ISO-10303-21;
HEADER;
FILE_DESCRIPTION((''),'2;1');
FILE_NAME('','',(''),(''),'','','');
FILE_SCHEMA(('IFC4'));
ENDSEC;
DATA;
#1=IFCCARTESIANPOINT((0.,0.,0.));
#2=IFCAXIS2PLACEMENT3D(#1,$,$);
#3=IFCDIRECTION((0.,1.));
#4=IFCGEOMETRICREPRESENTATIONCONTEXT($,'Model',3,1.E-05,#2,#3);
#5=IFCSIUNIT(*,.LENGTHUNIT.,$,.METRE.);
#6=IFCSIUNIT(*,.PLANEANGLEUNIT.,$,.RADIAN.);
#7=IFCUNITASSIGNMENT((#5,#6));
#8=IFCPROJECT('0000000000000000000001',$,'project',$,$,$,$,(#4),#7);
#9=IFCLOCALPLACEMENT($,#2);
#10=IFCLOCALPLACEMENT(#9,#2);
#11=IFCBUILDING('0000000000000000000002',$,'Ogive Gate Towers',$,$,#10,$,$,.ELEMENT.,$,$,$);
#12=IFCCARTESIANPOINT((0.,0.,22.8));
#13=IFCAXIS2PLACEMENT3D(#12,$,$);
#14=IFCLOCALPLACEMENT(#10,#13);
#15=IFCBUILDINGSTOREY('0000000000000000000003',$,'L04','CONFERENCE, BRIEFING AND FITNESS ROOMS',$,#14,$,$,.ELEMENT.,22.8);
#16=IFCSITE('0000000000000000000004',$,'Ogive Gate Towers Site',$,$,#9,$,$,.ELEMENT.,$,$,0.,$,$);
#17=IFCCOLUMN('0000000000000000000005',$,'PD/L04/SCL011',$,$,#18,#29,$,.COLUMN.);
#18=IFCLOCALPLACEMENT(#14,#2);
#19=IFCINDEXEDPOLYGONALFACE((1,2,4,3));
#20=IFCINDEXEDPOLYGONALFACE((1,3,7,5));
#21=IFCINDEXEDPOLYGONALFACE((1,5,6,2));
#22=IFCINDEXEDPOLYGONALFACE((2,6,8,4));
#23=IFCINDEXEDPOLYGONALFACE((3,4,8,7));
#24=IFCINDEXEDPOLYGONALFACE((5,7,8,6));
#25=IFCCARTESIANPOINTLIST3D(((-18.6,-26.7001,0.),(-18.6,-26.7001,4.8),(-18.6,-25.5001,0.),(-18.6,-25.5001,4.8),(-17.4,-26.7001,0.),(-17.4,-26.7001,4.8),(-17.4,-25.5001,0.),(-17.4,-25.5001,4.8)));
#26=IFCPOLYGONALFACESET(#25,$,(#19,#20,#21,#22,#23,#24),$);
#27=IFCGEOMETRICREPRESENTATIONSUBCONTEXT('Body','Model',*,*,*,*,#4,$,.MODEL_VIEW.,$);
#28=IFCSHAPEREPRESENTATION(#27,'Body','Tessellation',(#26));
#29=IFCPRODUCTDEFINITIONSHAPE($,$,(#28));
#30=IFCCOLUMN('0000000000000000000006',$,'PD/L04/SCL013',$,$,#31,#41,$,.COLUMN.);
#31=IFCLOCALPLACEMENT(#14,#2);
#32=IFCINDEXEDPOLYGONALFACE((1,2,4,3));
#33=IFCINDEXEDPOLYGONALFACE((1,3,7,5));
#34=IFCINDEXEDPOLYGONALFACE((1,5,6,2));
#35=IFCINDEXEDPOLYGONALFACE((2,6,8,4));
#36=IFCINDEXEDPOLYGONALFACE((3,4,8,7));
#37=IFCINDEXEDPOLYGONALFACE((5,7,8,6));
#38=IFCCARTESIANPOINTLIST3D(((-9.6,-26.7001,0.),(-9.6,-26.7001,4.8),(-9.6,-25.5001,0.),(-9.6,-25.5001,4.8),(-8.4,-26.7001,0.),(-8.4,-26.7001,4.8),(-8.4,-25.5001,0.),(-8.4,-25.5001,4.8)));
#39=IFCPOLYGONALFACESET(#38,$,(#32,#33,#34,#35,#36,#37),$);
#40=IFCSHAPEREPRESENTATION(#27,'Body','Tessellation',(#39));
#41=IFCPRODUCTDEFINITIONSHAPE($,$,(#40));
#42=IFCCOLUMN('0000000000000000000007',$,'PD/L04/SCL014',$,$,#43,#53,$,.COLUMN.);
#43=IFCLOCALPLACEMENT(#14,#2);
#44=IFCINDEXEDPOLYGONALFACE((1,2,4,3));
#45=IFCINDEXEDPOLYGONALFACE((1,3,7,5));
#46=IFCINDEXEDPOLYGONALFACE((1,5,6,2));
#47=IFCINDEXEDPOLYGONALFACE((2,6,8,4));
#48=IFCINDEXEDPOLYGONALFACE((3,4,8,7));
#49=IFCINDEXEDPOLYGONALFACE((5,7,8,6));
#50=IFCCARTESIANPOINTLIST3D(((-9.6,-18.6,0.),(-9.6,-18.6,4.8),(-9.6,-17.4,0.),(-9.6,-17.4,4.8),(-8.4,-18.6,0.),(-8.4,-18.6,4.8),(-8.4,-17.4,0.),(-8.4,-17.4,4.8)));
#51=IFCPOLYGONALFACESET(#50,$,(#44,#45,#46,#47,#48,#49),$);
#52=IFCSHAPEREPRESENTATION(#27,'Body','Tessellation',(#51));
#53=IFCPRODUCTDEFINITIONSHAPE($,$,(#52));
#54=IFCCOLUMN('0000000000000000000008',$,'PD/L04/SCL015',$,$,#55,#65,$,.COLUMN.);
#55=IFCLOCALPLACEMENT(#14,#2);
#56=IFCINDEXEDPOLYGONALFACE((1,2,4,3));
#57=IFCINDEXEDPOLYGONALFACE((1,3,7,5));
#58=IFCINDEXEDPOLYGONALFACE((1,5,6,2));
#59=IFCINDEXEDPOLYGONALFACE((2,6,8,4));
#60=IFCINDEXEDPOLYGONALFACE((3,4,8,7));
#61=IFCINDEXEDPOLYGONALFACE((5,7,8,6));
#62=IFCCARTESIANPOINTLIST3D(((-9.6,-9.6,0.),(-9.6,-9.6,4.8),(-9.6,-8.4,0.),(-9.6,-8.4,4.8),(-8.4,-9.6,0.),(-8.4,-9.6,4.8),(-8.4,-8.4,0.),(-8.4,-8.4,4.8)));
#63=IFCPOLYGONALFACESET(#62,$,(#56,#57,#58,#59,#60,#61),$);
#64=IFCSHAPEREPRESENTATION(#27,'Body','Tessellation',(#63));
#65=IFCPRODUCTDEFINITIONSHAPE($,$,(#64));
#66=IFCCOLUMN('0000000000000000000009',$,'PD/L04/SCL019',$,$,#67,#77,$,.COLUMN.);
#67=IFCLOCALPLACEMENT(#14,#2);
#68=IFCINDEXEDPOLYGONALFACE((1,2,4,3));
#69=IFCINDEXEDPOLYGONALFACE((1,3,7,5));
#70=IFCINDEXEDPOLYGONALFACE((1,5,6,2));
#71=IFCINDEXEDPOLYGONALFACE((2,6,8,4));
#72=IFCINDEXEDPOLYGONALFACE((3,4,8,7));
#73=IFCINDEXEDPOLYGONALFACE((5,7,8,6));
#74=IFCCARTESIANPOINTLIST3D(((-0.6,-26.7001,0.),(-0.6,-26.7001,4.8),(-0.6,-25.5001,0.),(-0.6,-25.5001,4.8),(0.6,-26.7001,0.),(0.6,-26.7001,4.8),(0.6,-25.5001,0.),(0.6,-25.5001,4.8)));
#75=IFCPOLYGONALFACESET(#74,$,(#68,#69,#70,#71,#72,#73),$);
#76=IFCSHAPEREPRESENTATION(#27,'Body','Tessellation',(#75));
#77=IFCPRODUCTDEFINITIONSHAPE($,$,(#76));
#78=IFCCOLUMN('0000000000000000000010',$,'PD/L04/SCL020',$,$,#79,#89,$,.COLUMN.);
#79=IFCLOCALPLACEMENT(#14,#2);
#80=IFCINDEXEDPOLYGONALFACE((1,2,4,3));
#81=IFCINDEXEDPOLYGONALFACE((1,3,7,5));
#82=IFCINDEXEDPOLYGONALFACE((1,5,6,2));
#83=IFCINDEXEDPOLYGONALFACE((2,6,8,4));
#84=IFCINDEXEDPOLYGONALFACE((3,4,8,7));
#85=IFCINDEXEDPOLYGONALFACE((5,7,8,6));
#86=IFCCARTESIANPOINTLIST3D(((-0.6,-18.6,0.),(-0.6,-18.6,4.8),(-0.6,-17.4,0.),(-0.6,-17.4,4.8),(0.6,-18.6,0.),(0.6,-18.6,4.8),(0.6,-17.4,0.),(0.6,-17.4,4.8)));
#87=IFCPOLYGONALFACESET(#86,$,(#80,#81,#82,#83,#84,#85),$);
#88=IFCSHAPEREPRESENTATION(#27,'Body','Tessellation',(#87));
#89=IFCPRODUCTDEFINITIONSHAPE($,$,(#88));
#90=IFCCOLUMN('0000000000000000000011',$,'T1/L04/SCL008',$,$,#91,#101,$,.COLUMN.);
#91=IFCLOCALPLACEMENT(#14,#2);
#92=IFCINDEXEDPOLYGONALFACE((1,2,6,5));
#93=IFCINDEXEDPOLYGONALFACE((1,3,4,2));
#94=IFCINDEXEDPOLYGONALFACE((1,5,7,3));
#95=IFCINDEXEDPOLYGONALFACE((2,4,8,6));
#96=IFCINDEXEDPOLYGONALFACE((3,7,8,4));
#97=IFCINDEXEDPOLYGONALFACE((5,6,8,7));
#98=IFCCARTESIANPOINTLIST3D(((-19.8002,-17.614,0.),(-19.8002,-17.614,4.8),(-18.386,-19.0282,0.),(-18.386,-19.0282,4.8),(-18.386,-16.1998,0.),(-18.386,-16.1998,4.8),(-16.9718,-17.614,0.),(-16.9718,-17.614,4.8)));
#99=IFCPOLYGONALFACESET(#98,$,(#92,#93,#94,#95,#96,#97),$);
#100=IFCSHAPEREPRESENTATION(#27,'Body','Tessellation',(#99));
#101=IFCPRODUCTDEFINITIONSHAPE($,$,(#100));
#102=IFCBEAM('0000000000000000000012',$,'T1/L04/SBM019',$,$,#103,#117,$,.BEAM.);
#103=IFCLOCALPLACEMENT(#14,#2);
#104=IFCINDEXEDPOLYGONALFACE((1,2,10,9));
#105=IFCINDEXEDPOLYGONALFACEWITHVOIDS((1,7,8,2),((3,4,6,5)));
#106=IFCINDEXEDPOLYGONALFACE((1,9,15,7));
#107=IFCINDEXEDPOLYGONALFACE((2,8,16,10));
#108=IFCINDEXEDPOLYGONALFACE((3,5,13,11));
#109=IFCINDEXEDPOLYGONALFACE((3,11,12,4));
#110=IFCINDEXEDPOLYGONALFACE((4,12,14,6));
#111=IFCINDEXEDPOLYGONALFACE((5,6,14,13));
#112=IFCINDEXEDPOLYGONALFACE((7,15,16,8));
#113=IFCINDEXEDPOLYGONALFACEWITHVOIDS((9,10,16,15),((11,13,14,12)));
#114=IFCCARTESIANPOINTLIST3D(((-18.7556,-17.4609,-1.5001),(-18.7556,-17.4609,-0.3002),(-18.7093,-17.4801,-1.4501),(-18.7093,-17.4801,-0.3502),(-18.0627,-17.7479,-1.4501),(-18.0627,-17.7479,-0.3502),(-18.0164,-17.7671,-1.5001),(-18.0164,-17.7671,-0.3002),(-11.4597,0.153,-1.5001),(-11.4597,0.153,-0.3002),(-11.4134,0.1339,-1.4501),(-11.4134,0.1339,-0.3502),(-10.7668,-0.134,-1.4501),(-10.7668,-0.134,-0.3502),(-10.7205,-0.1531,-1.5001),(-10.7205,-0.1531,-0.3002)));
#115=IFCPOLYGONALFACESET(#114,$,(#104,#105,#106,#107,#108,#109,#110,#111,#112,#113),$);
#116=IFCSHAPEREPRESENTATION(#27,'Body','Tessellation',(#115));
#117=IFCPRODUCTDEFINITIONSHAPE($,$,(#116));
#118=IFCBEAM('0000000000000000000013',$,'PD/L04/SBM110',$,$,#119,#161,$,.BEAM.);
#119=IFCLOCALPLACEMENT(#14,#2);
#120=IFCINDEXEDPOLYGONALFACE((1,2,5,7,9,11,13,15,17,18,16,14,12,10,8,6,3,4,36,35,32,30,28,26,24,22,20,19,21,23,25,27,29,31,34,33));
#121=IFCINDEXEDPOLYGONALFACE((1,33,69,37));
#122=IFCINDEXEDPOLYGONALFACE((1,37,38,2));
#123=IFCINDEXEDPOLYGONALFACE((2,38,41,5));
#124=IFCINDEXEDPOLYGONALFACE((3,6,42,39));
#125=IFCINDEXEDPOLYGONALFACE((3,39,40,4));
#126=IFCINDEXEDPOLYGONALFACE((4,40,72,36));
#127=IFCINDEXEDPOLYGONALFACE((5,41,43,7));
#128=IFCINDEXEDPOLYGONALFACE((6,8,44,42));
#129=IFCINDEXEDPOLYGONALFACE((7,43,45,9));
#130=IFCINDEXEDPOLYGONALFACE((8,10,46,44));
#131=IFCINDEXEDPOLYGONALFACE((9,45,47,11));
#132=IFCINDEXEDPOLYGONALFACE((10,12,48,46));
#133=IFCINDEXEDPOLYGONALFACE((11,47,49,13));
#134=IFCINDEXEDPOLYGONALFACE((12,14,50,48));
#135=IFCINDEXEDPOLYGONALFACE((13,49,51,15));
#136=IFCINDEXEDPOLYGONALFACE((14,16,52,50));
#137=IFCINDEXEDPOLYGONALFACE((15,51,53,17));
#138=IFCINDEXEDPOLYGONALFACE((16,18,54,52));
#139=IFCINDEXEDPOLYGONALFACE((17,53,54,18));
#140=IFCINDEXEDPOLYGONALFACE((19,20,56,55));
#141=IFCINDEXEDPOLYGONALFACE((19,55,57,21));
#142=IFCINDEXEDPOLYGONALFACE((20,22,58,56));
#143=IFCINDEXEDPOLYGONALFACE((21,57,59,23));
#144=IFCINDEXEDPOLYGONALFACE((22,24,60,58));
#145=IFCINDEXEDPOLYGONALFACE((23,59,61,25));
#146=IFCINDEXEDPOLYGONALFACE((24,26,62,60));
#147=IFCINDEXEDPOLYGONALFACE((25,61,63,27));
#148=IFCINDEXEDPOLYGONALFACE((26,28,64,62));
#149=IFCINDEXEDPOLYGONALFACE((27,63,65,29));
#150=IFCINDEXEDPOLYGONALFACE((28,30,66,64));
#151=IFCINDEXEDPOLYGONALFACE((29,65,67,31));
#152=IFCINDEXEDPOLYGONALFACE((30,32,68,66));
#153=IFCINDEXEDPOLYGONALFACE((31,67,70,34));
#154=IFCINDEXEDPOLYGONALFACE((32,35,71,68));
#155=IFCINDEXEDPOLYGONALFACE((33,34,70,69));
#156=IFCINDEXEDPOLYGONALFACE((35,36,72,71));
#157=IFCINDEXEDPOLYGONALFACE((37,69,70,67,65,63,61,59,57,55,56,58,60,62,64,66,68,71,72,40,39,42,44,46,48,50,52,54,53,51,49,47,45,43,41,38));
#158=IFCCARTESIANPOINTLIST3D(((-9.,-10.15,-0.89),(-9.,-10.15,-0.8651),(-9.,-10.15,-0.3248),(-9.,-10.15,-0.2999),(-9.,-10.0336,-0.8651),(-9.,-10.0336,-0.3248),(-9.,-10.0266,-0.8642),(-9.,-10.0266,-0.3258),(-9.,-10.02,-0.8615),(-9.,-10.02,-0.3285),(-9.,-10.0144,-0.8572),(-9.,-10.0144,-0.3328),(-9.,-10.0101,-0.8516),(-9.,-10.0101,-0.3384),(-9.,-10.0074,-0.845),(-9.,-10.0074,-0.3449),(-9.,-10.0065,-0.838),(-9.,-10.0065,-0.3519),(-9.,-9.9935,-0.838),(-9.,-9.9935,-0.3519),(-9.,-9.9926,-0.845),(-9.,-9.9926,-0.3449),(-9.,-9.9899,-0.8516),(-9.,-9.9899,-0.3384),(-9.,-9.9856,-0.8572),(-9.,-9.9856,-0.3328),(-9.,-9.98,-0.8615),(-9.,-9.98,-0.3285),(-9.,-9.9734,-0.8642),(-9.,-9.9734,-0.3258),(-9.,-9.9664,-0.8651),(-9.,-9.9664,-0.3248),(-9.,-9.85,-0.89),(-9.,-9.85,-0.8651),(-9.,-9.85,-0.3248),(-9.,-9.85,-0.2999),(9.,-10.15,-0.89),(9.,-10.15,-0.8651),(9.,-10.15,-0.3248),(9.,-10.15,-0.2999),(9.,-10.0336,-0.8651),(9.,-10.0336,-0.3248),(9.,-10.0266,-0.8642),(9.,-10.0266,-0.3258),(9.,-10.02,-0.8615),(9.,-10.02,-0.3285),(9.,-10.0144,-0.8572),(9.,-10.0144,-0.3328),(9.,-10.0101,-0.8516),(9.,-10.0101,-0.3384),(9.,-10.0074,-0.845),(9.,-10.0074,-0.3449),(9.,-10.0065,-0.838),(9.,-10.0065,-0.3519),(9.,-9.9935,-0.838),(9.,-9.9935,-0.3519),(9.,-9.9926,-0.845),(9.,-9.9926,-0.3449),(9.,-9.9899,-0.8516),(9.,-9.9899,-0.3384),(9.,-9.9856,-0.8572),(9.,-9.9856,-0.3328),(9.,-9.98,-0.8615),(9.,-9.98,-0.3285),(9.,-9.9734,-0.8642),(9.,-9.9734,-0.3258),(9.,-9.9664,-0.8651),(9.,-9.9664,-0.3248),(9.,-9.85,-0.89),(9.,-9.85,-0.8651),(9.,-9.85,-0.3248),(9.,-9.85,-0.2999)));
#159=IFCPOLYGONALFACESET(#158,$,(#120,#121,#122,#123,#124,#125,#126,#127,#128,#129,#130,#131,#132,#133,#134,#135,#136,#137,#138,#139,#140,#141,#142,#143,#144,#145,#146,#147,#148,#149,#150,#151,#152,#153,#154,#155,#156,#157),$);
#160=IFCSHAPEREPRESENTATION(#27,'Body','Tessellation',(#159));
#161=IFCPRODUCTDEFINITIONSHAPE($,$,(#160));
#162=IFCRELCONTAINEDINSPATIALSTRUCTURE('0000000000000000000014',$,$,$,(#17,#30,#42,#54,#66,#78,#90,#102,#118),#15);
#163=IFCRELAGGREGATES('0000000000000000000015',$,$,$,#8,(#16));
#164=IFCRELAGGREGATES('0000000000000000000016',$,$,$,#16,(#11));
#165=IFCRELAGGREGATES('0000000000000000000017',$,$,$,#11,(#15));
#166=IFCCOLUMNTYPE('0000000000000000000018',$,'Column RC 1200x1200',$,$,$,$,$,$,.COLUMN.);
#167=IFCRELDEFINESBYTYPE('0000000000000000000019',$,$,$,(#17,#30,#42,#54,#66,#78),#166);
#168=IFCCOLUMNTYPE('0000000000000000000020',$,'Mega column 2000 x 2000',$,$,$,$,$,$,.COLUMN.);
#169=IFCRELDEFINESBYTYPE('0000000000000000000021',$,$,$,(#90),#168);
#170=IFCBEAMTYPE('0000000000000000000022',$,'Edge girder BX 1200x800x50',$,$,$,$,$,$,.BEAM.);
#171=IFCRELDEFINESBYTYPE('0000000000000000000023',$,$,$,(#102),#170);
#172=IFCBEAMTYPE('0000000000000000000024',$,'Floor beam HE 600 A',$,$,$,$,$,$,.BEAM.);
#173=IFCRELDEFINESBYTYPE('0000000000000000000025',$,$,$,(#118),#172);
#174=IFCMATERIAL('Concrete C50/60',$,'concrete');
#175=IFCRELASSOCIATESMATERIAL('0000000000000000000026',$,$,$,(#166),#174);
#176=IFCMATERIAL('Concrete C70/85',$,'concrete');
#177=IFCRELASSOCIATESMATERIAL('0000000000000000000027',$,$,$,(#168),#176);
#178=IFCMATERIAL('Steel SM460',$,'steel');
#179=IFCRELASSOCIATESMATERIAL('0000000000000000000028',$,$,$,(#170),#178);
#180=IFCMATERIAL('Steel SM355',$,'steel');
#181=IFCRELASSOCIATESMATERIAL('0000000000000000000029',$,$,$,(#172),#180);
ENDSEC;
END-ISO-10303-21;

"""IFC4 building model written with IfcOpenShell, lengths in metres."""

from ifc_helpers import new_model, si_unit, direction, frame, origin, origin_2d, place, context, subcontext, project, spatial, rectangle, hollow_rectangle, i_section, extrude, material, material_profile, profile_set, type_object, element, save


model = new_model("IFC4")

# Units and contexts
model_context = context("Model", 3, precision=1e-05, world=origin(), true_north=direction((0.0, 1.0)))
body_context = subcontext(model_context, "Body", "Model", "MODEL_VIEW")
ifc_project = project(units=[si_unit("LENGTHUNIT", "METRE"), si_unit("PLANEANGLEUNIT", "RADIAN")], contexts=[model_context])

# Site, building, storey
site_placement = place(None, origin())
site = spatial("IfcSite", under=ifc_project, at=site_placement, Name="Ogive Gate Towers Site", CompositionType="ELEMENT", RefElevation=0.0)
building_placement = place(site_placement, origin())
building = spatial("IfcBuilding", under=site, at=building_placement, Name="Ogive Gate Towers", CompositionType="ELEMENT")
storey_placement = place(building_placement, frame((0.0, 0.0, 22.8)))
storey = spatial("IfcBuildingStorey", under=building, at=storey_placement, Name="L04", Description="CONFERENCE, BRIEFING AND FITNESS ROOMS", CompositionType="ELEMENT", Elevation=22.8)

# Columns
ifc_material_1 = material(Name="Concrete C50/60", Category="concrete")
ifc_material_profile_1 = material_profile(ifc_material_1, rectangle(XDim=1.2, YDim=1.2, at=origin_2d()), Name="RC 1200x1200")
ifc_profile_set_1 = profile_set([ifc_material_profile_1], Name="Concrete C50/60")
column_type_1 = type_object("IfcColumnType", Name="Column RC 1200x1200", PredefinedType="COLUMN", material=ifc_profile_set_1)
for number, where, z_axis, x_axis, name in (
    (1, (-18.0, -26.1001, 0.0), (0.0, 0.0, 1.0), (1.0, 0.0, 0.0), "PD/L04/SCL011"),
    (2, (-9.0, -26.1001, 0.0), (0.0, 0.0, 1.0), (1.0, 0.0, 0.0), "PD/L04/SCL013"),
    (3, (-9.0, -18.0, 0.0), (0.0, 0.0, 1.0), (1.0, 0.0, 0.0), "PD/L04/SCL014"),
    (4, (-9.0, -9.0, 0.0), (0.0, 0.0, 1.0), (1.0, 0.0, 0.0), "PD/L04/SCL015"),
    (5, (0.0, -26.1001, 0.0), (0.0, 0.0, 1.0), (1.0, 0.0, 0.0), "PD/L04/SCL019"),
    (6, (0.0, -18.0, 0.0), (0.0, 0.0, 1.0), (1.0, 0.0, 0.0), "PD/L04/SCL020"),
):
    element("IfcColumn", number, at=place(storey_placement, frame(where, z_axis=z_axis, x_axis=x_axis)), inside=storey, type_object=column_type_1, Name=name, PredefinedType="COLUMN", context=body_context, shape_type="SweptSolid", body=[
        extrude(rectangle(XDim=1.2, YDim=1.2, at=origin_2d()), origin(), (0.0, 0.0, 1.0), 4.8),
    ])
ifc_material_2 = material(Name="Concrete C70/85", Category="concrete")
ifc_material_profile_2 = material_profile(ifc_material_2, rectangle(XDim=2.0, YDim=2.0, at=origin_2d()), Name="RC 2000x2000")
ifc_profile_set_2 = profile_set([ifc_material_profile_2], Name="Concrete C70/85")
column_type_2 = type_object("IfcColumnType", Name="Mega column 2000 x 2000", PredefinedType="COLUMN", material=ifc_profile_set_2)
column_placement = place(storey_placement, frame((-18.386, -17.614, 0.0), z_axis=(0.0, 0.0, 1.0), x_axis=(0.707107, -0.707107, 0.0)))
element("IfcColumn", 7, at=column_placement, inside=storey, type_object=column_type_2, Name="T1/L04/SCL008", PredefinedType="COLUMN", context=body_context, shape_type="SweptSolid", body=[
    extrude(rectangle(XDim=2.0, YDim=2.0, at=origin_2d()), origin(), (0.0, 0.0, 1.0), 4.8),
])

# Beams
ifc_material_3 = material(Name="Steel SM460", Category="steel")
ifc_material_profile_3 = material_profile(ifc_material_3, hollow_rectangle(XDim=0.8, YDim=1.2, WallThickness=0.05, at=origin_2d()), Name="BX 1200x800x50")
ifc_profile_set_3 = profile_set([ifc_material_profile_3], Name="Steel SM460")
beam_type_1 = type_object("IfcBeamType", Name="Edge girder BX 1200x800x50", PredefinedType="BEAM", material=ifc_profile_set_3)
beam_1_placement = place(storey_placement, frame((-18.386, -17.614, -0.9001), z_axis=(0.382681, 0.923881, 0.0), x_axis=(-0.923881, 0.382681, 0.0)))
element("IfcBeam", 8, at=beam_1_placement, inside=storey, type_object=beam_type_1, Name="T1/L04/SBM019", PredefinedType="BEAM", context=body_context, shape_type="SweptSolid", body=[
    extrude(hollow_rectangle(XDim=0.8, YDim=1.2, WallThickness=0.05, at=origin_2d()), origin(), (0.0, 0.0, 1.0), 19.0652),
])
ifc_material_4 = material(Name="Steel SM355", Category="steel")
ifc_material_profile_4 = material_profile(ifc_material_4, i_section(OverallWidth=0.3, OverallDepth=0.5901, WebThickness=0.0129, FlangeThickness=0.0249, FilletRadius=0.0271, at=origin_2d()), Name="HE 600 A")
ifc_profile_set_4 = profile_set([ifc_material_profile_4], Name="Steel SM355")
beam_type_2 = type_object("IfcBeamType", Name="Floor beam HE 600 A", PredefinedType="BEAM", material=ifc_profile_set_4)
beam_2_placement = place(storey_placement, frame((-9.0, -10.0, -0.595), z_axis=(1.0, 0.0, 0.0), x_axis=(0.0, 1.0, 0.0)))
element("IfcBeam", 9, at=beam_2_placement, inside=storey, type_object=beam_type_2, Name="PD/L04/SBM110", PredefinedType="BEAM", context=body_context, shape_type="SweptSolid", body=[
    extrude(i_section(OverallWidth=0.3, OverallDepth=0.5901, WebThickness=0.0129, FlangeThickness=0.0249, FilletRadius=0.0271, at=origin_2d()), origin(), (0.0, 0.0, 1.0), 18.0),
])

save(model, "model.ifc")
